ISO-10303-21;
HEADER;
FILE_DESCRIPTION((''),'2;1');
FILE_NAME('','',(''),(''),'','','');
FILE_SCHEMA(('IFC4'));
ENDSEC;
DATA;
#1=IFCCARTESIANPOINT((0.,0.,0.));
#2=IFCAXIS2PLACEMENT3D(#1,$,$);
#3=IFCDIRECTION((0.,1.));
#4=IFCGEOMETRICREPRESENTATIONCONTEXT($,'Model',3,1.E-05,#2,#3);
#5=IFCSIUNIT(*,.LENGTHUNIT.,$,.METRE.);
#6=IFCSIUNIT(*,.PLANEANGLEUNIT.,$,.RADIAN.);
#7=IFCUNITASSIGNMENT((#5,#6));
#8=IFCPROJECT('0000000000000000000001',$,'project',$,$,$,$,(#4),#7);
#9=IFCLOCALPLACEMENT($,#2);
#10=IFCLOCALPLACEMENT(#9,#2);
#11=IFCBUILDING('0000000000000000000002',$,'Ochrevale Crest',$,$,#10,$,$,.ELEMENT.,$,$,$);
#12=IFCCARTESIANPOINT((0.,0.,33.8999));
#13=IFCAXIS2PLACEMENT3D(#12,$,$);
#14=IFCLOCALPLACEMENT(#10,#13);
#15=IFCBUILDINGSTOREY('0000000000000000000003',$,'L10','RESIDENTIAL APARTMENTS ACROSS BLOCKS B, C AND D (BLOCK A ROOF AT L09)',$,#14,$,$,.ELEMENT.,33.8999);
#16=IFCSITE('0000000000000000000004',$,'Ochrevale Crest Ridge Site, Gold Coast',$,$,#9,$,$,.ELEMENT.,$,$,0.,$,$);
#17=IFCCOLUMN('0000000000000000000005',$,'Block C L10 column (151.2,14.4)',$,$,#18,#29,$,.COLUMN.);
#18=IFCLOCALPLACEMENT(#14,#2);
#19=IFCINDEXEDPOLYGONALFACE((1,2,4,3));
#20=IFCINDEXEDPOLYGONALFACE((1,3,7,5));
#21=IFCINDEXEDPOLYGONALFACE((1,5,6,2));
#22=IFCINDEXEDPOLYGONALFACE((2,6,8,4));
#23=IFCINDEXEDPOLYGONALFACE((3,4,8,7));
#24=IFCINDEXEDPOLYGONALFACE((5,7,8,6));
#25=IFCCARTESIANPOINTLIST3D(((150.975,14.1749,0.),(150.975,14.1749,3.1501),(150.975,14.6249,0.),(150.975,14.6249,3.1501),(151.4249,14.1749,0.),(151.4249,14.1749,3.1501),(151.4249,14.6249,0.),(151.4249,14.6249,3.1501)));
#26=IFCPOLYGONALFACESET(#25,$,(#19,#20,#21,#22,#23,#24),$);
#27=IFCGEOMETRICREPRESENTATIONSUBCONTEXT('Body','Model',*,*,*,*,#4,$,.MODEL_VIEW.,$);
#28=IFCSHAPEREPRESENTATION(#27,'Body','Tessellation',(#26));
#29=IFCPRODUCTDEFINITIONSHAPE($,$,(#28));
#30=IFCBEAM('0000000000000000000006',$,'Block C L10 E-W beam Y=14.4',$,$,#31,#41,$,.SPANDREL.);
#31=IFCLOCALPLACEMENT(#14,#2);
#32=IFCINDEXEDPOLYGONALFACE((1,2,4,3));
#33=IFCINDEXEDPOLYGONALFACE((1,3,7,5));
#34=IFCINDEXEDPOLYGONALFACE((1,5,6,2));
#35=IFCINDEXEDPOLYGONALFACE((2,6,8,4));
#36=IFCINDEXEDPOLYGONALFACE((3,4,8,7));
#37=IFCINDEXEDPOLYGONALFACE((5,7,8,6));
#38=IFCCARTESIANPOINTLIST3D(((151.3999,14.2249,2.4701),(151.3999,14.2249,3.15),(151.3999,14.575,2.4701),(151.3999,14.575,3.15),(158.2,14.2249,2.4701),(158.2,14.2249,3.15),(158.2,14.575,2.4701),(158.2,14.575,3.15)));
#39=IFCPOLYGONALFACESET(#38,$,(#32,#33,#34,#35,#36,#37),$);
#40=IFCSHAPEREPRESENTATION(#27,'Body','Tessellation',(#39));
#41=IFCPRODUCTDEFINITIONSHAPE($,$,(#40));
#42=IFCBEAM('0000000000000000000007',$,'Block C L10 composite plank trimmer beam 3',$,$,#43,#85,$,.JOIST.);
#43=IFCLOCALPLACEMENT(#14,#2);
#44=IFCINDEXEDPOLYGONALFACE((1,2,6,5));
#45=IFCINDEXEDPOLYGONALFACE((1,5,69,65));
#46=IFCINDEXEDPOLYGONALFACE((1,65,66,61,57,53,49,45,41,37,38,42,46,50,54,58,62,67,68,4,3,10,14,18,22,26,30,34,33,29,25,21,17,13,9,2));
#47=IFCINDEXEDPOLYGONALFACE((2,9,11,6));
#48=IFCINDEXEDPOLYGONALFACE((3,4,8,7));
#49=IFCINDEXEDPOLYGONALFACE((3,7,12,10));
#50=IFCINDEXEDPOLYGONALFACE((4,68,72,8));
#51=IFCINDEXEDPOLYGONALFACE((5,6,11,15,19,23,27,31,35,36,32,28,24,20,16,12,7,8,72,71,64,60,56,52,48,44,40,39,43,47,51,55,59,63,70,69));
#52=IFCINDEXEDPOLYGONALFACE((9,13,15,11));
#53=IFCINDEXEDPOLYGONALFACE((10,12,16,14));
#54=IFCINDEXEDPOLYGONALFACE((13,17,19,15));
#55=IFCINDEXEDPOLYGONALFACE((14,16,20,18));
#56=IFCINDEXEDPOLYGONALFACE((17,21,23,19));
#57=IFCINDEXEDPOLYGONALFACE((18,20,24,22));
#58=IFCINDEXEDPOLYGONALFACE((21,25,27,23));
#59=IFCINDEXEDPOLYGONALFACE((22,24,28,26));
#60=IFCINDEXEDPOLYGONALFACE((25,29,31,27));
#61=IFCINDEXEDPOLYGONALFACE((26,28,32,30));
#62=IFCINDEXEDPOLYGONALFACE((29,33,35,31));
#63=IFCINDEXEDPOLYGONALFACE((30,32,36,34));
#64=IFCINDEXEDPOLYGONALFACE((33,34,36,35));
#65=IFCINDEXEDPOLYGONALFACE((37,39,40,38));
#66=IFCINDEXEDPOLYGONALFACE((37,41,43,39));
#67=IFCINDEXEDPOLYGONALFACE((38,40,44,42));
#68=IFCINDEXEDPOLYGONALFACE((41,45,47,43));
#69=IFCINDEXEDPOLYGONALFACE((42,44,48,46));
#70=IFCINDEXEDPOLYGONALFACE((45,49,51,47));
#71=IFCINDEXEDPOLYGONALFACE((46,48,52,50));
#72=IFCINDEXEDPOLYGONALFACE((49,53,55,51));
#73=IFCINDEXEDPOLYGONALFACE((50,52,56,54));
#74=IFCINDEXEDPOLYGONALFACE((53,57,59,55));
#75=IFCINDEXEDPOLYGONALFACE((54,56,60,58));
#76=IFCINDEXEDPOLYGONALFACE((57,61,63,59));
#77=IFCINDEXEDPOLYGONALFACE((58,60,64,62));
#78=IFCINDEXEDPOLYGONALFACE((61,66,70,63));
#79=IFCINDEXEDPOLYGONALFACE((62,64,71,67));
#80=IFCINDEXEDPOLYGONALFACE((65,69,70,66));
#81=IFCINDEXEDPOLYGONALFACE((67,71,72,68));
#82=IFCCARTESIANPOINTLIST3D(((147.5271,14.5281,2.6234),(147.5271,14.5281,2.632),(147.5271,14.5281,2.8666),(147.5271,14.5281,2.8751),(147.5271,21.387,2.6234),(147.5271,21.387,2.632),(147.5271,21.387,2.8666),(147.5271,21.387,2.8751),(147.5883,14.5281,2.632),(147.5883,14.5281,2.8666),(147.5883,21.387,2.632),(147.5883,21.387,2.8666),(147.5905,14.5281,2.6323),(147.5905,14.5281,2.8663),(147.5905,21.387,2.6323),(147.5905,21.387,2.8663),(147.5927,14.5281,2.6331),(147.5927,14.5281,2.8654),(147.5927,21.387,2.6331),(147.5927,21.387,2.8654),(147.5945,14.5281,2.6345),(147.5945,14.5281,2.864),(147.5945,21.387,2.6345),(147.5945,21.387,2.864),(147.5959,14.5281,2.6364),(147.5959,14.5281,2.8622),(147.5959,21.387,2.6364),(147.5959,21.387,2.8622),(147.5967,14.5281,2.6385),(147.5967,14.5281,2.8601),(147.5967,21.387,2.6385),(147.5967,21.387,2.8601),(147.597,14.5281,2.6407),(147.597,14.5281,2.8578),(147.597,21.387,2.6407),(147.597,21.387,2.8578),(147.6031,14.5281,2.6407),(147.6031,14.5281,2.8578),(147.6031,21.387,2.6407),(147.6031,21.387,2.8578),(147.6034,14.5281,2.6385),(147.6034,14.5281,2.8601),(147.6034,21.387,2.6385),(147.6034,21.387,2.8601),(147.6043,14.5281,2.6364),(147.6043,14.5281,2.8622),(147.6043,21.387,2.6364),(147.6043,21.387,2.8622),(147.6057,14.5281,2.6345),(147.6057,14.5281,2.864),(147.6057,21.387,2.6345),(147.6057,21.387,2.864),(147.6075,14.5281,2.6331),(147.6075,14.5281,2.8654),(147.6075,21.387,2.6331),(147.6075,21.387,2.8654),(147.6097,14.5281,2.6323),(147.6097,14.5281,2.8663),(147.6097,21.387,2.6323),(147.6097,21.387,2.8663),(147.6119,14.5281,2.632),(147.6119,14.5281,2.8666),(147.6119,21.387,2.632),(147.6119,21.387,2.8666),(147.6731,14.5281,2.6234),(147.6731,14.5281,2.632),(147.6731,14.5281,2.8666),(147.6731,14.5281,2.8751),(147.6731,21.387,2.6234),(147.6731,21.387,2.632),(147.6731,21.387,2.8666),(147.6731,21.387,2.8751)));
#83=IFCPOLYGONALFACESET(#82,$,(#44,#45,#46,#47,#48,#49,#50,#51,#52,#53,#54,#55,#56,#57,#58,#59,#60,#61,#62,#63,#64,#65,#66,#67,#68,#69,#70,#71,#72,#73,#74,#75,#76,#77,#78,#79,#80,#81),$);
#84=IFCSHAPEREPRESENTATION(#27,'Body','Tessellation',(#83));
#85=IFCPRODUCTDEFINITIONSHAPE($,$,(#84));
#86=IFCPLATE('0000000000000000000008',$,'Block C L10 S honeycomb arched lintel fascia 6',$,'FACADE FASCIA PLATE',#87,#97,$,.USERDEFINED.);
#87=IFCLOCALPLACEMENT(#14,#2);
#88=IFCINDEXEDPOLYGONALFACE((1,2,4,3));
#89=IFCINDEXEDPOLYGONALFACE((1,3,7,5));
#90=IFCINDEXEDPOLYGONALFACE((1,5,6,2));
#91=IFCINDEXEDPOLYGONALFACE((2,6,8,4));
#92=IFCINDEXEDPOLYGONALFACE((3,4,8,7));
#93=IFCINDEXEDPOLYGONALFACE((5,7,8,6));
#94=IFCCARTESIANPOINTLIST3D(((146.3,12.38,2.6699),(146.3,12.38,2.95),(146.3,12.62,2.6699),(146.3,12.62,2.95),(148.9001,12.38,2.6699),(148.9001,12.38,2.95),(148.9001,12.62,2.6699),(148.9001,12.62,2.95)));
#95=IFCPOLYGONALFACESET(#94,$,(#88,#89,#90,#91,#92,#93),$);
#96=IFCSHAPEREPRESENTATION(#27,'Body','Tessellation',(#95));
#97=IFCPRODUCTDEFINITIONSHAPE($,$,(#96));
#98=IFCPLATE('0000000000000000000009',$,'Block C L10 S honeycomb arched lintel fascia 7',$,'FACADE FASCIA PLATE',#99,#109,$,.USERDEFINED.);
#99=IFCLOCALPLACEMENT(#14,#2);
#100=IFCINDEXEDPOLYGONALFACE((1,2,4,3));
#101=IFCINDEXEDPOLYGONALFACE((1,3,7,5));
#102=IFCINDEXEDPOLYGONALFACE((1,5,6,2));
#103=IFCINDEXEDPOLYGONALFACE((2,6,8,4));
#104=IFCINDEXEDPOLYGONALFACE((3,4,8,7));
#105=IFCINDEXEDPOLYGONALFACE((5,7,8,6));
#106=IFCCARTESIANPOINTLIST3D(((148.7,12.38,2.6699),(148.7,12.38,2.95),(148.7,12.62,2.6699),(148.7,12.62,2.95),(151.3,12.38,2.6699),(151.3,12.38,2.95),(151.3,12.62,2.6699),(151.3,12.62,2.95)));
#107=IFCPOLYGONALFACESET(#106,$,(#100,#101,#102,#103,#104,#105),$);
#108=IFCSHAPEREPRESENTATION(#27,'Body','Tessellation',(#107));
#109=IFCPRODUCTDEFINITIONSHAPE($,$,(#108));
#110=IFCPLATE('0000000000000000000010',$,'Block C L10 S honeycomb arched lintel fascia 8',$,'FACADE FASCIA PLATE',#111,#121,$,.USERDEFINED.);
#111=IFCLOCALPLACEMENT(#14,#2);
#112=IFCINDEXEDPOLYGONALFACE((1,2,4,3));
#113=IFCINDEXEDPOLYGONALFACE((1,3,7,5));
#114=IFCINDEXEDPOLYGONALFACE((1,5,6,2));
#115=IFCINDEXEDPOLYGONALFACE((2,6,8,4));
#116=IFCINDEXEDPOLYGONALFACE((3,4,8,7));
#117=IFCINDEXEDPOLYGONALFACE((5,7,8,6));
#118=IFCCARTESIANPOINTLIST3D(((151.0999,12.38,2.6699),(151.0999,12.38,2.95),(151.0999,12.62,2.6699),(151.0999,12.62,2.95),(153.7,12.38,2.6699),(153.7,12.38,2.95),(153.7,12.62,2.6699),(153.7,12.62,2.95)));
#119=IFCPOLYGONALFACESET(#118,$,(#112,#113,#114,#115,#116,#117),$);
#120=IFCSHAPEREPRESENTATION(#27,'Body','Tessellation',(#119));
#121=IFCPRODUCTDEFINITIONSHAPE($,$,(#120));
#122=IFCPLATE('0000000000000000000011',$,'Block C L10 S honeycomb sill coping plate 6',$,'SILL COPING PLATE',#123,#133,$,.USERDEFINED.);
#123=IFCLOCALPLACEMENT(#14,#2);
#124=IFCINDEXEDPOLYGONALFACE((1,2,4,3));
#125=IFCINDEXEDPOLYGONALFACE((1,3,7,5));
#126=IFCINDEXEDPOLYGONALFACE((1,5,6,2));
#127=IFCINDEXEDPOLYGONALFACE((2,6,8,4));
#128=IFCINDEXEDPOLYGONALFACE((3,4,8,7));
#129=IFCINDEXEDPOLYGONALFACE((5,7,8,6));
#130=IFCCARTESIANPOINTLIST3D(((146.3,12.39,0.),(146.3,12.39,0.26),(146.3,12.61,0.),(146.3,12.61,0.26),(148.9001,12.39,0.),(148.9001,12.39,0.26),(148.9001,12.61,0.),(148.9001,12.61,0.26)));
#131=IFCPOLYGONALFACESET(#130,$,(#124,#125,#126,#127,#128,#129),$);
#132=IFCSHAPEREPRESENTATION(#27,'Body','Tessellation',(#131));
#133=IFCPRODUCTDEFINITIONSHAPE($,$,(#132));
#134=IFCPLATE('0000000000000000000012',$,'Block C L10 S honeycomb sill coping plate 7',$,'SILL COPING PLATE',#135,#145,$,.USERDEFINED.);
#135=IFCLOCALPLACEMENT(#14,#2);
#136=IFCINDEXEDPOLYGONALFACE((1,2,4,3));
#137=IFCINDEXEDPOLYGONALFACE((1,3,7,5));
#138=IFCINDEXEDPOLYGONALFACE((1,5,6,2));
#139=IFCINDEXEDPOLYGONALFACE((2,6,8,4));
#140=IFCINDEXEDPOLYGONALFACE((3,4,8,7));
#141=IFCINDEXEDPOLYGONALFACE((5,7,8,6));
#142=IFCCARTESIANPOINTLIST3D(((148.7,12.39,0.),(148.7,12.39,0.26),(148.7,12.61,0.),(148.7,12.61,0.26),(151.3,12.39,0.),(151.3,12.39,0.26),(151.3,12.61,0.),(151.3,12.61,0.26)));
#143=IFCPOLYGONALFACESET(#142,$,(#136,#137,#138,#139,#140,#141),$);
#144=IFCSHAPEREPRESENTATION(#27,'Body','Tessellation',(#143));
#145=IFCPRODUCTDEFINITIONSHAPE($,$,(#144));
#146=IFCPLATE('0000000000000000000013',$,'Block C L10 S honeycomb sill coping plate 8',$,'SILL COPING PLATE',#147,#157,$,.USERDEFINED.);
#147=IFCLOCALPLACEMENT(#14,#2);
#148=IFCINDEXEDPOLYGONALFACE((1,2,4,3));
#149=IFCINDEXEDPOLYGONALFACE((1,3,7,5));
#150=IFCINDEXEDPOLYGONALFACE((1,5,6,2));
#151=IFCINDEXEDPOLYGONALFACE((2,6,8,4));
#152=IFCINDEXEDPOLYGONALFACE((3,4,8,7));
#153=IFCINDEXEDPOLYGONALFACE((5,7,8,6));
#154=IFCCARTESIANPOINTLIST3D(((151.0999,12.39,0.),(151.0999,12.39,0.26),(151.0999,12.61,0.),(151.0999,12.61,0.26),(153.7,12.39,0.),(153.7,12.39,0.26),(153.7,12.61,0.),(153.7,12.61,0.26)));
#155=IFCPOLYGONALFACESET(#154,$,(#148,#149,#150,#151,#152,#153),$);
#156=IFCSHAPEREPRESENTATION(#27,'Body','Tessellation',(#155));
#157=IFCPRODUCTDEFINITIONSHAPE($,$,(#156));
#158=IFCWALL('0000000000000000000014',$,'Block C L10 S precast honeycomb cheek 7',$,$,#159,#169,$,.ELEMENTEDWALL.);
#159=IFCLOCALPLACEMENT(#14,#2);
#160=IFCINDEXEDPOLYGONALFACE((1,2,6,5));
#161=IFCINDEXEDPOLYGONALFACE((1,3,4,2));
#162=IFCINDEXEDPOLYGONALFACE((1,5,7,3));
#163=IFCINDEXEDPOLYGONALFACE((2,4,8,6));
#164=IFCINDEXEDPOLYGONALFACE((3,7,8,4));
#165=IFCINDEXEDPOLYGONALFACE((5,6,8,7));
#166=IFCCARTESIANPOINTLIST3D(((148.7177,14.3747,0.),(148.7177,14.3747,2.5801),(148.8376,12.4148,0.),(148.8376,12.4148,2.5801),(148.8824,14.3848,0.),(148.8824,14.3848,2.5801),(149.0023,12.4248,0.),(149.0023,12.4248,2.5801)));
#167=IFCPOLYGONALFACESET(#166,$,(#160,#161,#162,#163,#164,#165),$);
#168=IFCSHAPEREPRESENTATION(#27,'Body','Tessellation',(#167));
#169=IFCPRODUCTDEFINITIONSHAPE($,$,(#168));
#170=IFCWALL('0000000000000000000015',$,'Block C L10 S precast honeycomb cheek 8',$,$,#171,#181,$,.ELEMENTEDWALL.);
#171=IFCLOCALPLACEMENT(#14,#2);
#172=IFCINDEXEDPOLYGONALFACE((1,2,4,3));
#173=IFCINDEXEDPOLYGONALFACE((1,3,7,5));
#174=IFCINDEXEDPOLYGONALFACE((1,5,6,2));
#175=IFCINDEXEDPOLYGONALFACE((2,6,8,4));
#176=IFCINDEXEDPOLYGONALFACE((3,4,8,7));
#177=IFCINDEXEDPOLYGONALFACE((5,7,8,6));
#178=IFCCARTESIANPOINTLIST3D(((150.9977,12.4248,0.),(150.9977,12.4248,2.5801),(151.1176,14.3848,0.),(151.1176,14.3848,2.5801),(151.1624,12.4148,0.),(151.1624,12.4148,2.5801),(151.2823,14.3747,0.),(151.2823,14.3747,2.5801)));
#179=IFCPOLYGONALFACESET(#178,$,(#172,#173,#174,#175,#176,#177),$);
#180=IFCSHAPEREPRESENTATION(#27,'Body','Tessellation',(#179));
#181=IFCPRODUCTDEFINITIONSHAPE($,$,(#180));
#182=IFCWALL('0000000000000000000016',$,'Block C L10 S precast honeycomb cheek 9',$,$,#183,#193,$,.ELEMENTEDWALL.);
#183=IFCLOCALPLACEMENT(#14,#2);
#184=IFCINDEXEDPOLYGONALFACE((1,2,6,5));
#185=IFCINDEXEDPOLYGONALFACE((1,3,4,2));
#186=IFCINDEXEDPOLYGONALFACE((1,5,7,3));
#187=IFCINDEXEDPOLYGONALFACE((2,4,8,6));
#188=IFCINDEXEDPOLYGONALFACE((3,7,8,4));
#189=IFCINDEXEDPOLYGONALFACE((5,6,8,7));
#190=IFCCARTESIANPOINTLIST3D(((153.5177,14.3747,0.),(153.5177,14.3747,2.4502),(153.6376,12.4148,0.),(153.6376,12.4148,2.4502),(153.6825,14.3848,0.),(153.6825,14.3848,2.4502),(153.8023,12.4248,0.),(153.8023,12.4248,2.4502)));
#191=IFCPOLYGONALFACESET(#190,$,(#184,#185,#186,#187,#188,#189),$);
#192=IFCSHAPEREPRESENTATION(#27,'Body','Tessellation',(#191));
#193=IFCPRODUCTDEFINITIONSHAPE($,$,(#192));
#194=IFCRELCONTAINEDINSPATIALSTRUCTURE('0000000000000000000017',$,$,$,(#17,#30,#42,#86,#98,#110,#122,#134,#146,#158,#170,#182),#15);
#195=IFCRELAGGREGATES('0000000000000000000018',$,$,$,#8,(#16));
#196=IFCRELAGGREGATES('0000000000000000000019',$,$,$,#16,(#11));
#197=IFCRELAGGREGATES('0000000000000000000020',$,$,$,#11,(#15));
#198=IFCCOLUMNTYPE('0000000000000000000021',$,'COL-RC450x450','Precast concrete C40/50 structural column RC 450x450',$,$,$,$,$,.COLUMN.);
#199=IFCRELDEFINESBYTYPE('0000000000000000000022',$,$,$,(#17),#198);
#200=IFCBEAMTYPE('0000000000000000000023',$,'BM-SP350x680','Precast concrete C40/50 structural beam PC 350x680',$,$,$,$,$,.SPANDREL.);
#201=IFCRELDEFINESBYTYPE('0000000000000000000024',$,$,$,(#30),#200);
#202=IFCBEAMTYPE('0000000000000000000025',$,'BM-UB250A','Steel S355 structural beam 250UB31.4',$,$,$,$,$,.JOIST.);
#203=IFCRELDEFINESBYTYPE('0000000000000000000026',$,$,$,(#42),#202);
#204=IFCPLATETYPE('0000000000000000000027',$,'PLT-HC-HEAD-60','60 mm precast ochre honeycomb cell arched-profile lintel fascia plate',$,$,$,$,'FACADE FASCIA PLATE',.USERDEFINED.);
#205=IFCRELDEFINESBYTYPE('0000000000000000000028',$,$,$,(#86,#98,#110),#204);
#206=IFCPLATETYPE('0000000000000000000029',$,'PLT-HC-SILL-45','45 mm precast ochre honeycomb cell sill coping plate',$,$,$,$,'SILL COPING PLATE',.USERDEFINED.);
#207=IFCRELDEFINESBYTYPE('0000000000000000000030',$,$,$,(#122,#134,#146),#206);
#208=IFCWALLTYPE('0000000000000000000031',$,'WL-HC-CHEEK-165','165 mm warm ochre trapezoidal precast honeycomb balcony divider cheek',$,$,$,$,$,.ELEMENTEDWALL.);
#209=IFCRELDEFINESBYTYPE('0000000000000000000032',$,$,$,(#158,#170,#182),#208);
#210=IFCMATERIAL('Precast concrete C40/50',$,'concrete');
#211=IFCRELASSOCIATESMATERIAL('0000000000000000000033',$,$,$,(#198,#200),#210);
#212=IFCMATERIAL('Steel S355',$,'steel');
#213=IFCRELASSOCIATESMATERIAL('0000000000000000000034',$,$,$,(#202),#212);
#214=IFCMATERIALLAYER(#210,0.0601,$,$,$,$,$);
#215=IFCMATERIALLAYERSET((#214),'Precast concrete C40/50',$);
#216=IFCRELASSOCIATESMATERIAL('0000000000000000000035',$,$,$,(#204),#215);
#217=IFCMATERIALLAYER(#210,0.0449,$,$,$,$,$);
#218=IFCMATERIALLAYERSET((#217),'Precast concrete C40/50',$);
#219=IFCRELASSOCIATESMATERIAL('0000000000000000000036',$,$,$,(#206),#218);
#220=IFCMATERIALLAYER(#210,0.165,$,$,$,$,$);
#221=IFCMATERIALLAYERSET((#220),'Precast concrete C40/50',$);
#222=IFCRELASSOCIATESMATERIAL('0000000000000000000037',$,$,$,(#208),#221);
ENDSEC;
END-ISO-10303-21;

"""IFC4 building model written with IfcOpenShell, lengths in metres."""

from ifc_helpers import new_model, si_unit, direction, frame, frame_2d, origin, origin_2d, place, context, subcontext, project, spatial, rectangle, i_section, extrude, material, layer, layer_set, material_profile, profile_set, type_object, element, save


model = new_model("IFC4")

# Units and contexts
model_context = context("Model", 3, precision=1e-05, world=origin(), true_north=direction((0.0, 1.0)))
body_context = subcontext(model_context, "Body", "Model", "MODEL_VIEW")
ifc_project = project(units=[si_unit("LENGTHUNIT", "METRE"), si_unit("PLANEANGLEUNIT", "RADIAN")], contexts=[model_context])

# Site, building, storey
site_placement = place(None, origin())
site = spatial("IfcSite", under=ifc_project, at=site_placement, Name="Ochrevale Crest Ridge Site, Gold Coast", CompositionType="ELEMENT", RefElevation=0.0)
building_placement = place(site_placement, origin())
building = spatial("IfcBuilding", under=site, at=building_placement, Name="Ochrevale Crest", CompositionType="ELEMENT")
storey_placement = place(building_placement, frame((0.0, 0.0, 33.8999)))
storey = spatial("IfcBuildingStorey", under=building, at=storey_placement, Name="L10", Description="RESIDENTIAL APARTMENTS ACROSS BLOCKS B, C AND D (BLOCK A ROOF AT L09)", CompositionType="ELEMENT", Elevation=33.8999)

# Column
ifc_material_1 = material(Name="Precast concrete C40/50", Category="concrete")
ifc_material_profile_1 = material_profile(ifc_material_1, rectangle(XDim=0.45, YDim=0.45, at=origin_2d()), Name="RC 450x450")
ifc_profile_set_1 = profile_set([ifc_material_profile_1], Name="Precast concrete C40/50")
column_type = type_object("IfcColumnType", Name="COL-RC450x450", Description="Precast concrete C40/50 structural column RC 450x450", PredefinedType="COLUMN", material=ifc_profile_set_1)
column_placement = place(storey_placement, frame((151.2, 14.3999, 0.0), z_axis=(0.0, 0.0, 1.0), x_axis=(1.0, 0.0, 0.0)))
element("IfcColumn", 1, at=column_placement, inside=storey, type_object=column_type, Name="Block C L10 column (151.2,14.4)", PredefinedType="COLUMN", context=body_context, shape_type="SweptSolid", body=[
    extrude(rectangle(XDim=0.45, YDim=0.45, at=origin_2d()), origin(), (0.0, 0.0, 1.0), 3.1501),
])

# Beams
ifc_material_profile_2 = material_profile(ifc_material_1, rectangle(XDim=0.3501, YDim=0.6799, at=origin_2d()), Name="PC 350x680")
ifc_profile_set_2 = profile_set([ifc_material_profile_2], Name="Precast concrete C40/50")
beam_type_1 = type_object("IfcBeamType", Name="BM-SP350x680", Description="Precast concrete C40/50 structural beam PC 350x680", PredefinedType="SPANDREL", material=ifc_profile_set_2)
beam_1_placement = place(storey_placement, frame((151.3999, 14.3999, 2.8101), z_axis=(1.0, 0.0, 0.0), x_axis=(0.0, 1.0, 0.0)))
element("IfcBeam", 2, at=beam_1_placement, inside=storey, type_object=beam_type_1, Name="Block C L10 E-W beam Y=14.4", PredefinedType="SPANDREL", context=body_context, shape_type="SweptSolid", body=[
    extrude(rectangle(XDim=0.3501, YDim=0.6799, at=origin_2d()), origin(), (0.0, 0.0, 1.0), 6.8),
])
ifc_material_2 = material(Name="Steel S355", Category="steel")
ifc_material_profile_3 = material_profile(ifc_material_2, i_section(OverallWidth=0.146, OverallDepth=0.2517, WebThickness=0.0061, FlangeThickness=0.0085, FilletRadius=0.0088, at=origin_2d()), Name="250UB31.4")
ifc_profile_set_3 = profile_set([ifc_material_profile_3], Name="Steel S355")
beam_type_2 = type_object("IfcBeamType", Name="BM-UB250A", Description="Steel S355 structural beam 250UB31.4", PredefinedType="JOIST", material=ifc_profile_set_3)
beam_2_placement = place(storey_placement, frame((147.6001, 14.5281, 2.7493), z_axis=(0.0, 1.0, 0.0), x_axis=(-1.0, 0.0, 0.0)))
element("IfcBeam", 3, at=beam_2_placement, inside=storey, type_object=beam_type_2, Name="Block C L10 composite plank trimmer beam 3", PredefinedType="JOIST", context=body_context, shape_type="SweptSolid", body=[
    extrude(i_section(OverallWidth=0.146, OverallDepth=0.2517, WebThickness=0.0061, FlangeThickness=0.0085, FilletRadius=0.0088, at=origin_2d()), origin(), (0.0, 0.0, 1.0), 6.8589),
])

# Plates
ifc_layer_1 = layer(ifc_material_1, 0.0601)
ifc_layer_set_1 = layer_set([ifc_layer_1], Name="Precast concrete C40/50")
plate_type_1 = type_object("IfcPlateType", Name="PLT-HC-HEAD-60", Description="60 mm precast ochre honeycomb cell arched-profile lintel fascia plate", ElementType="FACADE FASCIA PLATE", PredefinedType="USERDEFINED", material=ifc_layer_set_1)
for number, where, z_axis, x_axis, name in (
    (4, (147.6001, 12.5, 2.6699), (0.0, 0.0, 1.0), (1.0, 0.0, 0.0), "Block C L10 S honeycomb arched lintel fascia 6"),
    (5, (150.0, 12.5, 2.6699), (0.0, 0.0, 1.0), (1.0, 0.0, 0.0), "Block C L10 S honeycomb arched lintel fascia 7"),
    (6, (152.3999, 12.5, 2.6699), (0.0, 0.0, 1.0), (1.0, 0.0, 0.0), "Block C L10 S honeycomb arched lintel fascia 8"),
):
    element("IfcPlate", number, at=place(storey_placement, frame(where, z_axis=z_axis, x_axis=x_axis)), inside=storey, type_object=plate_type_1, Name=name, ObjectType="FACADE FASCIA PLATE", PredefinedType="USERDEFINED", context=body_context, shape_type="SweptSolid", body=[
        extrude(rectangle(XDim=2.6001, YDim=0.24, at=origin_2d()), origin(), (0.0, 0.0, 1.0), 0.28),
    ])
ifc_layer_2 = layer(ifc_material_1, 0.0449)
ifc_layer_set_2 = layer_set([ifc_layer_2], Name="Precast concrete C40/50")
plate_type_2 = type_object("IfcPlateType", Name="PLT-HC-SILL-45", Description="45 mm precast ochre honeycomb cell sill coping plate", ElementType="SILL COPING PLATE", PredefinedType="USERDEFINED", material=ifc_layer_set_2)
for number, where, z_axis, x_axis, name in (
    (7, (147.6001, 12.5, 0.0), (0.0, 0.0, 1.0), (1.0, 0.0, 0.0), "Block C L10 S honeycomb sill coping plate 6"),
    (8, (150.0, 12.5, 0.0), (0.0, 0.0, 1.0), (1.0, 0.0, 0.0), "Block C L10 S honeycomb sill coping plate 7"),
    (9, (152.3999, 12.5, 0.0), (0.0, 0.0, 1.0), (1.0, 0.0, 0.0), "Block C L10 S honeycomb sill coping plate 8"),
):
    element("IfcPlate", number, at=place(storey_placement, frame(where, z_axis=z_axis, x_axis=x_axis)), inside=storey, type_object=plate_type_2, Name=name, ObjectType="SILL COPING PLATE", PredefinedType="USERDEFINED", context=body_context, shape_type="SweptSolid", body=[
        extrude(rectangle(XDim=2.6001, YDim=0.22, at=origin_2d()), origin(), (0.0, 0.0, 1.0), 0.26),
    ])

# Walls
ifc_layer_3 = layer(ifc_material_1, 0.165)
ifc_layer_set_3 = layer_set([ifc_layer_3], Name="Precast concrete C40/50")
wall_type = type_object("IfcWallType", Name="WL-HC-CHEEK-165", Description="165 mm warm ochre trapezoidal precast honeycomb balcony divider cheek", PredefinedType="ELEMENTEDWALL", material=ifc_layer_set_3)
for number, where, z_axis, x_axis, name in (
    (10, (148.8, 14.3799, 0.0), (0.0, 0.0, 1.0), (0.061047, -0.998135, 0.0), "Block C L10 S precast honeycomb cheek 7"),
    (11, (151.2, 14.3799, 0.0), (0.0, 0.0, 1.0), (-0.061047, -0.998135, 0.0), "Block C L10 S precast honeycomb cheek 8"),
):
    element("IfcWall", number, at=place(storey_placement, frame(where, z_axis=z_axis, x_axis=x_axis)), inside=storey, type_object=wall_type, Name=name, PredefinedType="ELEMENTEDWALL", context=body_context, shape_type="SweptSolid", body=[
        extrude(rectangle(XDim=1.9636, YDim=0.165, at=frame_2d((0.9819, 0.0))), origin(), (0.0, 0.0, 1.0), 2.5801),
    ])
wall_placement = place(storey_placement, frame((153.6001, 14.3799, 0.0), z_axis=(0.0, 0.0, 1.0), x_axis=(0.061047, -0.998135, 0.0)))
element("IfcWall", 12, at=wall_placement, inside=storey, type_object=wall_type, Name="Block C L10 S precast honeycomb cheek 9", PredefinedType="ELEMENTEDWALL", context=body_context, shape_type="SweptSolid", body=[
    extrude(rectangle(XDim=1.9636, YDim=0.165, at=frame_2d((0.9819, 0.0))), origin(), (0.0, 0.0, 1.0), 2.4502),
])

save(model, "model.ifc")
